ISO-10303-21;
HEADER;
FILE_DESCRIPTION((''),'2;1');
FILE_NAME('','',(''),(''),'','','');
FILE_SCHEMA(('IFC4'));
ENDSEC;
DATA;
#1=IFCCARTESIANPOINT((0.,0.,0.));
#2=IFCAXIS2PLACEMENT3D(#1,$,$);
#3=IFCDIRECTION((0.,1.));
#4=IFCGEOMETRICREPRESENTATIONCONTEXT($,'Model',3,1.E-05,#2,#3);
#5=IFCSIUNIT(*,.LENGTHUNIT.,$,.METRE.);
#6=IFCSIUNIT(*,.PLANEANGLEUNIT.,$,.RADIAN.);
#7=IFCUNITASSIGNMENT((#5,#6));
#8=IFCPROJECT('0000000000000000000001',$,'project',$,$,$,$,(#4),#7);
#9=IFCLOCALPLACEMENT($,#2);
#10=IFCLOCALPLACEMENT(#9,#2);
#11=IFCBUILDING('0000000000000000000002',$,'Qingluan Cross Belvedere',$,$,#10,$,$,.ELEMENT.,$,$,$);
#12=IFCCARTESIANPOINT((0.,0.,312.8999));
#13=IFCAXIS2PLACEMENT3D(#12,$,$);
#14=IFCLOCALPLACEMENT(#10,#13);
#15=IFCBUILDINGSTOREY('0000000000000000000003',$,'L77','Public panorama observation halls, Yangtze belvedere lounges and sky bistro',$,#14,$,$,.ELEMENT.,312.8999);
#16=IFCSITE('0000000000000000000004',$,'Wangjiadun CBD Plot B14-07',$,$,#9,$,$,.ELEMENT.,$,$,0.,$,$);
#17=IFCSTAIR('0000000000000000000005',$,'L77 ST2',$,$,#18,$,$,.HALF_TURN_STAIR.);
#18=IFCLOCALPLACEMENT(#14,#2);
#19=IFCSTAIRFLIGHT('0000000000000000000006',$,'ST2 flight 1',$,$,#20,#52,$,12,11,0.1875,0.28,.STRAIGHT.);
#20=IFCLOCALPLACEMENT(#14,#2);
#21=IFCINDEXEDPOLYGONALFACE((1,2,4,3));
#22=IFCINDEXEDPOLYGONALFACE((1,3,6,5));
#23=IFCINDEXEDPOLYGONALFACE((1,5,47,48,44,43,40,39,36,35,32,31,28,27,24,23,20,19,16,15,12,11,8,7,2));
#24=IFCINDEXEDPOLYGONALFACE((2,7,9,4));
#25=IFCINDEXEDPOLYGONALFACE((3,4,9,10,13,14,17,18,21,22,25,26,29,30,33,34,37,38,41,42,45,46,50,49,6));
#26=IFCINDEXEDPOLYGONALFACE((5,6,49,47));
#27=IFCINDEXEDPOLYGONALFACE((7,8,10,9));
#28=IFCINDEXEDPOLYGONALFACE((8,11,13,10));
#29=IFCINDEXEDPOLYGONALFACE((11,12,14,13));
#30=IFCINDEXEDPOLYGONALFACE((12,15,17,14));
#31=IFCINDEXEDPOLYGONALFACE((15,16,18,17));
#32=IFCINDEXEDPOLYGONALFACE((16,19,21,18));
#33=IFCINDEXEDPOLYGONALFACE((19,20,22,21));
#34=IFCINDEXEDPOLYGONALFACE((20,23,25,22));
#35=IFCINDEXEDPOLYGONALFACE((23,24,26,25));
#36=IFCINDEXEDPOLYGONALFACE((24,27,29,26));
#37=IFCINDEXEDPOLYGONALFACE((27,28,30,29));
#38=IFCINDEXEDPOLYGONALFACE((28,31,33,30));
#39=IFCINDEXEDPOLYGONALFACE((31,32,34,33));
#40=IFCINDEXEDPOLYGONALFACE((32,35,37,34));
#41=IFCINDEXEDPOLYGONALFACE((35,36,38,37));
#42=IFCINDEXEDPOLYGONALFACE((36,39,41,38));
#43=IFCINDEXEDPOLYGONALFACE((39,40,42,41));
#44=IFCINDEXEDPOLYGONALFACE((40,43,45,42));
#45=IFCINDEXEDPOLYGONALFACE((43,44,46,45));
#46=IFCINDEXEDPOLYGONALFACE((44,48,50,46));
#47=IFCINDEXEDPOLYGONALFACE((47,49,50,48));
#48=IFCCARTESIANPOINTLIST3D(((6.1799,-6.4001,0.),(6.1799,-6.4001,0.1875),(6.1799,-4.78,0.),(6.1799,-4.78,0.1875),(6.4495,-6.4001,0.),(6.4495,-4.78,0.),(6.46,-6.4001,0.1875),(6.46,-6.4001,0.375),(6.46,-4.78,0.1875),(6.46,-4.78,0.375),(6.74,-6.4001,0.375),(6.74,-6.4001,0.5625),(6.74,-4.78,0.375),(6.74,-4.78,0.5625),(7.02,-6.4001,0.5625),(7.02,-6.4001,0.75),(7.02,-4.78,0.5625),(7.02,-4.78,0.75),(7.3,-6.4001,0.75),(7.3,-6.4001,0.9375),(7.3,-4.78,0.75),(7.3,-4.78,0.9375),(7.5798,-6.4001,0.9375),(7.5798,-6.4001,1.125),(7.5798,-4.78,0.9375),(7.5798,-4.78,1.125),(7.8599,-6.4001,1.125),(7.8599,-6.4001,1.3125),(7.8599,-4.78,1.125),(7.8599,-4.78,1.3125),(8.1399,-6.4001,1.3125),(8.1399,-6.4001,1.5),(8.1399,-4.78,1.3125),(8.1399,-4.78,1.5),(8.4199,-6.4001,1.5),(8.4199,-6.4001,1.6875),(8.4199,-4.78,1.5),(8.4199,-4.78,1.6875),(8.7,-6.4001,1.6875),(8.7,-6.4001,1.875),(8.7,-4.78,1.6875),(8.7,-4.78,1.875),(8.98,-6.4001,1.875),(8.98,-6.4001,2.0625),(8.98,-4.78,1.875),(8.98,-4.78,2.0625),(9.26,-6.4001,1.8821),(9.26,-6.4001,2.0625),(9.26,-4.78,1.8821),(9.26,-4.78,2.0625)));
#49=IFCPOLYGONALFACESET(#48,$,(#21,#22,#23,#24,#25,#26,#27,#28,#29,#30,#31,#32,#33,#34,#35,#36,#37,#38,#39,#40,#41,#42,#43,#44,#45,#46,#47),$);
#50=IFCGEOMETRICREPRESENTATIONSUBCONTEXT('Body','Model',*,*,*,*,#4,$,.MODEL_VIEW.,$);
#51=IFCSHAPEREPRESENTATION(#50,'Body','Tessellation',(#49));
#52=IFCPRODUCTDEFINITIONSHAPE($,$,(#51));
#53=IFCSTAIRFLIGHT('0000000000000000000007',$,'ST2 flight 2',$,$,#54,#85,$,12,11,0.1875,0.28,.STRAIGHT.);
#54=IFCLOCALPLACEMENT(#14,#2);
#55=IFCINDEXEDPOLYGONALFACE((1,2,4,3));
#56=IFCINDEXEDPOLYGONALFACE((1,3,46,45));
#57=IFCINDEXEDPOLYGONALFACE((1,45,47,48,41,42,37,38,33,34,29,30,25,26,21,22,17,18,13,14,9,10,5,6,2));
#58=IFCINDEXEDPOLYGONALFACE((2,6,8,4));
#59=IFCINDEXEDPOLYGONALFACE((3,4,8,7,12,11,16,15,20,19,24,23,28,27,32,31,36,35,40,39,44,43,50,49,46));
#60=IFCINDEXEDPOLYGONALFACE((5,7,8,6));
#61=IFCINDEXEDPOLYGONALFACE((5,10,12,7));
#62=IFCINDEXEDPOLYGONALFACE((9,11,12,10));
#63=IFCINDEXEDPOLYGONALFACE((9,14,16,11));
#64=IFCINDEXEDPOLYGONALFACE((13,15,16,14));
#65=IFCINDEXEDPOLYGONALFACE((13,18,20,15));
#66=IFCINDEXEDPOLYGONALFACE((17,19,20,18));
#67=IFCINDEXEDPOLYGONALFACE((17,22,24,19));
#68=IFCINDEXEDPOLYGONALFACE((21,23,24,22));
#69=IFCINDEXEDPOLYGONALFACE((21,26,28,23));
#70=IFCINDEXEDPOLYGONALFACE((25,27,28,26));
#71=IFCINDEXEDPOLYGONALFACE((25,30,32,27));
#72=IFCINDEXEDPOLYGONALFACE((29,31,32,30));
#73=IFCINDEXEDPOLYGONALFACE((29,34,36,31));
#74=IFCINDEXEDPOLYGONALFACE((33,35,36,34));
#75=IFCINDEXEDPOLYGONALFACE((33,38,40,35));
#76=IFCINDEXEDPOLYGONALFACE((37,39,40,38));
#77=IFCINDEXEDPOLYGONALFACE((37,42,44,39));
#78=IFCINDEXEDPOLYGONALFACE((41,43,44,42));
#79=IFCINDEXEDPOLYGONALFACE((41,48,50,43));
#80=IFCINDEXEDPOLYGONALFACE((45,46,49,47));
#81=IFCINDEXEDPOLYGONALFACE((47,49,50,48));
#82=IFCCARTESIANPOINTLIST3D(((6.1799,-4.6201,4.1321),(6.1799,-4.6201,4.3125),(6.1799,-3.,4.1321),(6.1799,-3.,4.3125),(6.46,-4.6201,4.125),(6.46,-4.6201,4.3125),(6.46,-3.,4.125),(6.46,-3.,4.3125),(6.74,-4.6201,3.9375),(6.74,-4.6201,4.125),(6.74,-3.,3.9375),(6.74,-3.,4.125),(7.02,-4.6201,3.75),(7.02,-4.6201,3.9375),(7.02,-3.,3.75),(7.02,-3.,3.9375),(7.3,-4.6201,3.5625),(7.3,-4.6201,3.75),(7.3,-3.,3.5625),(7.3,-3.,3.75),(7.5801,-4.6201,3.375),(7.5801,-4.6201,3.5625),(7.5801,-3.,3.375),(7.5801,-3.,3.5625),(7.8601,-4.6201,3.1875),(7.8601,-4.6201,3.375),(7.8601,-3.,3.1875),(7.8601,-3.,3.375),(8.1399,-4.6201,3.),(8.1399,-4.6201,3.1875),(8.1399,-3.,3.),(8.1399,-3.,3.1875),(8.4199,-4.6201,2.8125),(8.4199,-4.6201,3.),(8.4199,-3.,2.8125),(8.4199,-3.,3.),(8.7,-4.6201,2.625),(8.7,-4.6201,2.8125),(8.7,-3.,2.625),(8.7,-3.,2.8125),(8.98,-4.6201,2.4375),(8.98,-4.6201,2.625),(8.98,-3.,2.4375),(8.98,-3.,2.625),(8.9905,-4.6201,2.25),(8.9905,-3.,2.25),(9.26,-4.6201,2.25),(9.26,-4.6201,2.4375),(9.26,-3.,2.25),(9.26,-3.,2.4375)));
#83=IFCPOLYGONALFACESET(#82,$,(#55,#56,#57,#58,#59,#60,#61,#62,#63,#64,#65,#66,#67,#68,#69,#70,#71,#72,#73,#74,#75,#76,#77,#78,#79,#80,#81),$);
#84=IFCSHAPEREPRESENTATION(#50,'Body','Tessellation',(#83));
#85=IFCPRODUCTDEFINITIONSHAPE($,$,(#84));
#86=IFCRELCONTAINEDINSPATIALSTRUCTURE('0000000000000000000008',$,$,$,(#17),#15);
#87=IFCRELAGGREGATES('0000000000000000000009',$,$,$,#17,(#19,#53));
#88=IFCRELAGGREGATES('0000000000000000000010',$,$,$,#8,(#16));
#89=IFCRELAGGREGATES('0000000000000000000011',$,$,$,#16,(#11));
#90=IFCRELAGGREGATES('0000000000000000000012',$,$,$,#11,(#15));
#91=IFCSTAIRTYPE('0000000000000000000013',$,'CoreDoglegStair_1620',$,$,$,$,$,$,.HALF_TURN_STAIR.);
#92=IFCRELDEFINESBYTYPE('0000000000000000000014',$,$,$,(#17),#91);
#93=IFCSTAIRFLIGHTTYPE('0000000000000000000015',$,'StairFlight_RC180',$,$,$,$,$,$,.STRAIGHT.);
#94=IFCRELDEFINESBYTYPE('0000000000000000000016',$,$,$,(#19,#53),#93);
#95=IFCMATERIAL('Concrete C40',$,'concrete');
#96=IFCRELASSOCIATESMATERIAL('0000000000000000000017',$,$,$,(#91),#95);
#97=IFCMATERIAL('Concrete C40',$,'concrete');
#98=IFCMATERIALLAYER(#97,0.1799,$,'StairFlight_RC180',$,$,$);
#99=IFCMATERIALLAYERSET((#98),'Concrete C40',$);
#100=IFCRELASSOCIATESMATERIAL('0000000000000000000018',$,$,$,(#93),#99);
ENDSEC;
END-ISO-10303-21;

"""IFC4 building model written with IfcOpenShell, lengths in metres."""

from ifc_helpers import new_model, si_unit, direction, frame, origin, place, context, subcontext, project, spatial, polyline, outline, extrude, material, layer, layer_set, type_object, element, aggregate, save


model = new_model("IFC4")

# Units and contexts
model_context = context("Model", 3, precision=1e-05, world=origin(), true_north=direction((0.0, 1.0)))
body_context = subcontext(model_context, "Body", "Model", "MODEL_VIEW")
ifc_project = project(units=[si_unit("LENGTHUNIT", "METRE"), si_unit("PLANEANGLEUNIT", "RADIAN")], contexts=[model_context])

# Site, building, storey
site_placement = place(None, origin())
site = spatial("IfcSite", under=ifc_project, at=site_placement, Name="Wangjiadun CBD Plot B14-07", CompositionType="ELEMENT", RefElevation=0.0)
building_placement = place(site_placement, origin())
building = spatial("IfcBuilding", under=site, at=building_placement, Name="Qingluan Cross Belvedere", CompositionType="ELEMENT")
storey_placement = place(building_placement, frame((0.0, 0.0, 312.8999)))
storey = spatial("IfcBuildingStorey", under=building, at=storey_placement, Name="L77", Description="Public panorama observation halls, Yangtze belvedere lounges and sky bistro", CompositionType="ELEMENT", Elevation=312.8999)

# Stair, stair flights
ifc_material_1 = material(Name="Concrete C40", Category="concrete")
stair_type = type_object("IfcStairType", Name="CoreDoglegStair_1620", PredefinedType="HALF_TURN_STAIR", material=ifc_material_1)
stair_placement = place(storey_placement, origin())
stair = element("IfcStair", 1, at=stair_placement, inside=storey, type_object=stair_type, Name="L77 ST2", PredefinedType="HALF_TURN_STAIR")
ifc_material_2 = material(Name="Concrete C40", Category="concrete")
ifc_layer_1 = layer(ifc_material_2, 0.1799, Name="StairFlight_RC180")
ifc_layer_set_1 = layer_set([ifc_layer_1], Name="Concrete C40")
stair_flight_type = type_object("IfcStairFlightType", Name="StairFlight_RC180", PredefinedType="STRAIGHT", material=ifc_layer_set_1)
stair_flight_1_placement = place(storey_placement, frame((6.1799, -5.5901, 0.0), z_axis=(0.0, 0.0, 1.0), x_axis=(1.0, 0.0, 0.0)))
stair_flight_1 = element("IfcStairFlight", 2, at=stair_flight_1_placement, type_object=stair_flight_type, Name="ST2 flight 1", NumberOfRisers=12, NumberOfTreads=11, PredefinedType="STRAIGHT", RiserHeight=0.1875, TreadLength=0.28, context=body_context, shape_type="SweptSolid", body=[
    extrude(outline(polyline([(0.0, 0.0), (0.0, 0.1875), (0.28, 0.1875), (0.28, 0.375), (0.5601, 0.375), (0.5601, 0.5625), (0.8401, 0.5625), (0.8401, 0.75), (1.1201, 0.75), (1.1201, 0.9375), (1.3999, 0.9375), (1.3999, 1.125), (1.6799, 1.125), (1.6799, 1.3125), (1.96, 1.3125), (1.96, 1.5), (2.24, 1.5), (2.24, 1.6875), (2.52, 1.6875), (2.52, 1.875), (2.8, 1.875), (2.8, 2.0625), (3.0801, 2.0625), (3.0801, 2.25), (3.0801, 1.8821), (0.2695, 0.0), (0.0, 0.0)])), frame((0.0, 0.8101, 0.0), z_axis=(0.0, -1.0, 0.0), x_axis=(1.0, 0.0, 0.0)), (0.0, 0.0, 1.0), 1.6201),
])
stair_flight_2_placement = place(storey_placement, frame((9.26, -3.8101, 2.25), z_axis=(0.0, 0.0, 1.0), x_axis=(-1.0, 0.0, 0.0)))
stair_flight_2 = element("IfcStairFlight", 3, at=stair_flight_2_placement, type_object=stair_flight_type, Name="ST2 flight 2", NumberOfRisers=12, NumberOfTreads=11, PredefinedType="STRAIGHT", RiserHeight=0.1875, TreadLength=0.28, context=body_context, shape_type="SweptSolid", body=[
    extrude(outline(polyline([(0.0, 0.0), (0.0, 0.1875), (0.28, 0.1875), (0.28, 0.375), (0.5601, 0.375), (0.5601, 0.5625), (0.8401, 0.5625), (0.8401, 0.75), (1.1201, 0.75), (1.1201, 0.9375), (1.3999, 0.9375), (1.3999, 1.125), (1.6799, 1.125), (1.6799, 1.3125), (1.96, 1.3125), (1.96, 1.5), (2.24, 1.5), (2.24, 1.6875), (2.52, 1.6875), (2.52, 1.875), (2.8, 1.875), (2.8, 2.0625), (3.0801, 2.0625), (3.0801, 2.25), (3.0801, 1.8821), (0.2695, 0.0), (0.0, 0.0)])), frame((0.0, 0.8101, 0.0), z_axis=(0.0, -1.0, 0.0), x_axis=(1.0, 0.0, 0.0)), (0.0, 0.0, 1.0), 1.6201),
])
aggregate(stair, [stair_flight_1, stair_flight_2])

save(model, "model.ifc")
